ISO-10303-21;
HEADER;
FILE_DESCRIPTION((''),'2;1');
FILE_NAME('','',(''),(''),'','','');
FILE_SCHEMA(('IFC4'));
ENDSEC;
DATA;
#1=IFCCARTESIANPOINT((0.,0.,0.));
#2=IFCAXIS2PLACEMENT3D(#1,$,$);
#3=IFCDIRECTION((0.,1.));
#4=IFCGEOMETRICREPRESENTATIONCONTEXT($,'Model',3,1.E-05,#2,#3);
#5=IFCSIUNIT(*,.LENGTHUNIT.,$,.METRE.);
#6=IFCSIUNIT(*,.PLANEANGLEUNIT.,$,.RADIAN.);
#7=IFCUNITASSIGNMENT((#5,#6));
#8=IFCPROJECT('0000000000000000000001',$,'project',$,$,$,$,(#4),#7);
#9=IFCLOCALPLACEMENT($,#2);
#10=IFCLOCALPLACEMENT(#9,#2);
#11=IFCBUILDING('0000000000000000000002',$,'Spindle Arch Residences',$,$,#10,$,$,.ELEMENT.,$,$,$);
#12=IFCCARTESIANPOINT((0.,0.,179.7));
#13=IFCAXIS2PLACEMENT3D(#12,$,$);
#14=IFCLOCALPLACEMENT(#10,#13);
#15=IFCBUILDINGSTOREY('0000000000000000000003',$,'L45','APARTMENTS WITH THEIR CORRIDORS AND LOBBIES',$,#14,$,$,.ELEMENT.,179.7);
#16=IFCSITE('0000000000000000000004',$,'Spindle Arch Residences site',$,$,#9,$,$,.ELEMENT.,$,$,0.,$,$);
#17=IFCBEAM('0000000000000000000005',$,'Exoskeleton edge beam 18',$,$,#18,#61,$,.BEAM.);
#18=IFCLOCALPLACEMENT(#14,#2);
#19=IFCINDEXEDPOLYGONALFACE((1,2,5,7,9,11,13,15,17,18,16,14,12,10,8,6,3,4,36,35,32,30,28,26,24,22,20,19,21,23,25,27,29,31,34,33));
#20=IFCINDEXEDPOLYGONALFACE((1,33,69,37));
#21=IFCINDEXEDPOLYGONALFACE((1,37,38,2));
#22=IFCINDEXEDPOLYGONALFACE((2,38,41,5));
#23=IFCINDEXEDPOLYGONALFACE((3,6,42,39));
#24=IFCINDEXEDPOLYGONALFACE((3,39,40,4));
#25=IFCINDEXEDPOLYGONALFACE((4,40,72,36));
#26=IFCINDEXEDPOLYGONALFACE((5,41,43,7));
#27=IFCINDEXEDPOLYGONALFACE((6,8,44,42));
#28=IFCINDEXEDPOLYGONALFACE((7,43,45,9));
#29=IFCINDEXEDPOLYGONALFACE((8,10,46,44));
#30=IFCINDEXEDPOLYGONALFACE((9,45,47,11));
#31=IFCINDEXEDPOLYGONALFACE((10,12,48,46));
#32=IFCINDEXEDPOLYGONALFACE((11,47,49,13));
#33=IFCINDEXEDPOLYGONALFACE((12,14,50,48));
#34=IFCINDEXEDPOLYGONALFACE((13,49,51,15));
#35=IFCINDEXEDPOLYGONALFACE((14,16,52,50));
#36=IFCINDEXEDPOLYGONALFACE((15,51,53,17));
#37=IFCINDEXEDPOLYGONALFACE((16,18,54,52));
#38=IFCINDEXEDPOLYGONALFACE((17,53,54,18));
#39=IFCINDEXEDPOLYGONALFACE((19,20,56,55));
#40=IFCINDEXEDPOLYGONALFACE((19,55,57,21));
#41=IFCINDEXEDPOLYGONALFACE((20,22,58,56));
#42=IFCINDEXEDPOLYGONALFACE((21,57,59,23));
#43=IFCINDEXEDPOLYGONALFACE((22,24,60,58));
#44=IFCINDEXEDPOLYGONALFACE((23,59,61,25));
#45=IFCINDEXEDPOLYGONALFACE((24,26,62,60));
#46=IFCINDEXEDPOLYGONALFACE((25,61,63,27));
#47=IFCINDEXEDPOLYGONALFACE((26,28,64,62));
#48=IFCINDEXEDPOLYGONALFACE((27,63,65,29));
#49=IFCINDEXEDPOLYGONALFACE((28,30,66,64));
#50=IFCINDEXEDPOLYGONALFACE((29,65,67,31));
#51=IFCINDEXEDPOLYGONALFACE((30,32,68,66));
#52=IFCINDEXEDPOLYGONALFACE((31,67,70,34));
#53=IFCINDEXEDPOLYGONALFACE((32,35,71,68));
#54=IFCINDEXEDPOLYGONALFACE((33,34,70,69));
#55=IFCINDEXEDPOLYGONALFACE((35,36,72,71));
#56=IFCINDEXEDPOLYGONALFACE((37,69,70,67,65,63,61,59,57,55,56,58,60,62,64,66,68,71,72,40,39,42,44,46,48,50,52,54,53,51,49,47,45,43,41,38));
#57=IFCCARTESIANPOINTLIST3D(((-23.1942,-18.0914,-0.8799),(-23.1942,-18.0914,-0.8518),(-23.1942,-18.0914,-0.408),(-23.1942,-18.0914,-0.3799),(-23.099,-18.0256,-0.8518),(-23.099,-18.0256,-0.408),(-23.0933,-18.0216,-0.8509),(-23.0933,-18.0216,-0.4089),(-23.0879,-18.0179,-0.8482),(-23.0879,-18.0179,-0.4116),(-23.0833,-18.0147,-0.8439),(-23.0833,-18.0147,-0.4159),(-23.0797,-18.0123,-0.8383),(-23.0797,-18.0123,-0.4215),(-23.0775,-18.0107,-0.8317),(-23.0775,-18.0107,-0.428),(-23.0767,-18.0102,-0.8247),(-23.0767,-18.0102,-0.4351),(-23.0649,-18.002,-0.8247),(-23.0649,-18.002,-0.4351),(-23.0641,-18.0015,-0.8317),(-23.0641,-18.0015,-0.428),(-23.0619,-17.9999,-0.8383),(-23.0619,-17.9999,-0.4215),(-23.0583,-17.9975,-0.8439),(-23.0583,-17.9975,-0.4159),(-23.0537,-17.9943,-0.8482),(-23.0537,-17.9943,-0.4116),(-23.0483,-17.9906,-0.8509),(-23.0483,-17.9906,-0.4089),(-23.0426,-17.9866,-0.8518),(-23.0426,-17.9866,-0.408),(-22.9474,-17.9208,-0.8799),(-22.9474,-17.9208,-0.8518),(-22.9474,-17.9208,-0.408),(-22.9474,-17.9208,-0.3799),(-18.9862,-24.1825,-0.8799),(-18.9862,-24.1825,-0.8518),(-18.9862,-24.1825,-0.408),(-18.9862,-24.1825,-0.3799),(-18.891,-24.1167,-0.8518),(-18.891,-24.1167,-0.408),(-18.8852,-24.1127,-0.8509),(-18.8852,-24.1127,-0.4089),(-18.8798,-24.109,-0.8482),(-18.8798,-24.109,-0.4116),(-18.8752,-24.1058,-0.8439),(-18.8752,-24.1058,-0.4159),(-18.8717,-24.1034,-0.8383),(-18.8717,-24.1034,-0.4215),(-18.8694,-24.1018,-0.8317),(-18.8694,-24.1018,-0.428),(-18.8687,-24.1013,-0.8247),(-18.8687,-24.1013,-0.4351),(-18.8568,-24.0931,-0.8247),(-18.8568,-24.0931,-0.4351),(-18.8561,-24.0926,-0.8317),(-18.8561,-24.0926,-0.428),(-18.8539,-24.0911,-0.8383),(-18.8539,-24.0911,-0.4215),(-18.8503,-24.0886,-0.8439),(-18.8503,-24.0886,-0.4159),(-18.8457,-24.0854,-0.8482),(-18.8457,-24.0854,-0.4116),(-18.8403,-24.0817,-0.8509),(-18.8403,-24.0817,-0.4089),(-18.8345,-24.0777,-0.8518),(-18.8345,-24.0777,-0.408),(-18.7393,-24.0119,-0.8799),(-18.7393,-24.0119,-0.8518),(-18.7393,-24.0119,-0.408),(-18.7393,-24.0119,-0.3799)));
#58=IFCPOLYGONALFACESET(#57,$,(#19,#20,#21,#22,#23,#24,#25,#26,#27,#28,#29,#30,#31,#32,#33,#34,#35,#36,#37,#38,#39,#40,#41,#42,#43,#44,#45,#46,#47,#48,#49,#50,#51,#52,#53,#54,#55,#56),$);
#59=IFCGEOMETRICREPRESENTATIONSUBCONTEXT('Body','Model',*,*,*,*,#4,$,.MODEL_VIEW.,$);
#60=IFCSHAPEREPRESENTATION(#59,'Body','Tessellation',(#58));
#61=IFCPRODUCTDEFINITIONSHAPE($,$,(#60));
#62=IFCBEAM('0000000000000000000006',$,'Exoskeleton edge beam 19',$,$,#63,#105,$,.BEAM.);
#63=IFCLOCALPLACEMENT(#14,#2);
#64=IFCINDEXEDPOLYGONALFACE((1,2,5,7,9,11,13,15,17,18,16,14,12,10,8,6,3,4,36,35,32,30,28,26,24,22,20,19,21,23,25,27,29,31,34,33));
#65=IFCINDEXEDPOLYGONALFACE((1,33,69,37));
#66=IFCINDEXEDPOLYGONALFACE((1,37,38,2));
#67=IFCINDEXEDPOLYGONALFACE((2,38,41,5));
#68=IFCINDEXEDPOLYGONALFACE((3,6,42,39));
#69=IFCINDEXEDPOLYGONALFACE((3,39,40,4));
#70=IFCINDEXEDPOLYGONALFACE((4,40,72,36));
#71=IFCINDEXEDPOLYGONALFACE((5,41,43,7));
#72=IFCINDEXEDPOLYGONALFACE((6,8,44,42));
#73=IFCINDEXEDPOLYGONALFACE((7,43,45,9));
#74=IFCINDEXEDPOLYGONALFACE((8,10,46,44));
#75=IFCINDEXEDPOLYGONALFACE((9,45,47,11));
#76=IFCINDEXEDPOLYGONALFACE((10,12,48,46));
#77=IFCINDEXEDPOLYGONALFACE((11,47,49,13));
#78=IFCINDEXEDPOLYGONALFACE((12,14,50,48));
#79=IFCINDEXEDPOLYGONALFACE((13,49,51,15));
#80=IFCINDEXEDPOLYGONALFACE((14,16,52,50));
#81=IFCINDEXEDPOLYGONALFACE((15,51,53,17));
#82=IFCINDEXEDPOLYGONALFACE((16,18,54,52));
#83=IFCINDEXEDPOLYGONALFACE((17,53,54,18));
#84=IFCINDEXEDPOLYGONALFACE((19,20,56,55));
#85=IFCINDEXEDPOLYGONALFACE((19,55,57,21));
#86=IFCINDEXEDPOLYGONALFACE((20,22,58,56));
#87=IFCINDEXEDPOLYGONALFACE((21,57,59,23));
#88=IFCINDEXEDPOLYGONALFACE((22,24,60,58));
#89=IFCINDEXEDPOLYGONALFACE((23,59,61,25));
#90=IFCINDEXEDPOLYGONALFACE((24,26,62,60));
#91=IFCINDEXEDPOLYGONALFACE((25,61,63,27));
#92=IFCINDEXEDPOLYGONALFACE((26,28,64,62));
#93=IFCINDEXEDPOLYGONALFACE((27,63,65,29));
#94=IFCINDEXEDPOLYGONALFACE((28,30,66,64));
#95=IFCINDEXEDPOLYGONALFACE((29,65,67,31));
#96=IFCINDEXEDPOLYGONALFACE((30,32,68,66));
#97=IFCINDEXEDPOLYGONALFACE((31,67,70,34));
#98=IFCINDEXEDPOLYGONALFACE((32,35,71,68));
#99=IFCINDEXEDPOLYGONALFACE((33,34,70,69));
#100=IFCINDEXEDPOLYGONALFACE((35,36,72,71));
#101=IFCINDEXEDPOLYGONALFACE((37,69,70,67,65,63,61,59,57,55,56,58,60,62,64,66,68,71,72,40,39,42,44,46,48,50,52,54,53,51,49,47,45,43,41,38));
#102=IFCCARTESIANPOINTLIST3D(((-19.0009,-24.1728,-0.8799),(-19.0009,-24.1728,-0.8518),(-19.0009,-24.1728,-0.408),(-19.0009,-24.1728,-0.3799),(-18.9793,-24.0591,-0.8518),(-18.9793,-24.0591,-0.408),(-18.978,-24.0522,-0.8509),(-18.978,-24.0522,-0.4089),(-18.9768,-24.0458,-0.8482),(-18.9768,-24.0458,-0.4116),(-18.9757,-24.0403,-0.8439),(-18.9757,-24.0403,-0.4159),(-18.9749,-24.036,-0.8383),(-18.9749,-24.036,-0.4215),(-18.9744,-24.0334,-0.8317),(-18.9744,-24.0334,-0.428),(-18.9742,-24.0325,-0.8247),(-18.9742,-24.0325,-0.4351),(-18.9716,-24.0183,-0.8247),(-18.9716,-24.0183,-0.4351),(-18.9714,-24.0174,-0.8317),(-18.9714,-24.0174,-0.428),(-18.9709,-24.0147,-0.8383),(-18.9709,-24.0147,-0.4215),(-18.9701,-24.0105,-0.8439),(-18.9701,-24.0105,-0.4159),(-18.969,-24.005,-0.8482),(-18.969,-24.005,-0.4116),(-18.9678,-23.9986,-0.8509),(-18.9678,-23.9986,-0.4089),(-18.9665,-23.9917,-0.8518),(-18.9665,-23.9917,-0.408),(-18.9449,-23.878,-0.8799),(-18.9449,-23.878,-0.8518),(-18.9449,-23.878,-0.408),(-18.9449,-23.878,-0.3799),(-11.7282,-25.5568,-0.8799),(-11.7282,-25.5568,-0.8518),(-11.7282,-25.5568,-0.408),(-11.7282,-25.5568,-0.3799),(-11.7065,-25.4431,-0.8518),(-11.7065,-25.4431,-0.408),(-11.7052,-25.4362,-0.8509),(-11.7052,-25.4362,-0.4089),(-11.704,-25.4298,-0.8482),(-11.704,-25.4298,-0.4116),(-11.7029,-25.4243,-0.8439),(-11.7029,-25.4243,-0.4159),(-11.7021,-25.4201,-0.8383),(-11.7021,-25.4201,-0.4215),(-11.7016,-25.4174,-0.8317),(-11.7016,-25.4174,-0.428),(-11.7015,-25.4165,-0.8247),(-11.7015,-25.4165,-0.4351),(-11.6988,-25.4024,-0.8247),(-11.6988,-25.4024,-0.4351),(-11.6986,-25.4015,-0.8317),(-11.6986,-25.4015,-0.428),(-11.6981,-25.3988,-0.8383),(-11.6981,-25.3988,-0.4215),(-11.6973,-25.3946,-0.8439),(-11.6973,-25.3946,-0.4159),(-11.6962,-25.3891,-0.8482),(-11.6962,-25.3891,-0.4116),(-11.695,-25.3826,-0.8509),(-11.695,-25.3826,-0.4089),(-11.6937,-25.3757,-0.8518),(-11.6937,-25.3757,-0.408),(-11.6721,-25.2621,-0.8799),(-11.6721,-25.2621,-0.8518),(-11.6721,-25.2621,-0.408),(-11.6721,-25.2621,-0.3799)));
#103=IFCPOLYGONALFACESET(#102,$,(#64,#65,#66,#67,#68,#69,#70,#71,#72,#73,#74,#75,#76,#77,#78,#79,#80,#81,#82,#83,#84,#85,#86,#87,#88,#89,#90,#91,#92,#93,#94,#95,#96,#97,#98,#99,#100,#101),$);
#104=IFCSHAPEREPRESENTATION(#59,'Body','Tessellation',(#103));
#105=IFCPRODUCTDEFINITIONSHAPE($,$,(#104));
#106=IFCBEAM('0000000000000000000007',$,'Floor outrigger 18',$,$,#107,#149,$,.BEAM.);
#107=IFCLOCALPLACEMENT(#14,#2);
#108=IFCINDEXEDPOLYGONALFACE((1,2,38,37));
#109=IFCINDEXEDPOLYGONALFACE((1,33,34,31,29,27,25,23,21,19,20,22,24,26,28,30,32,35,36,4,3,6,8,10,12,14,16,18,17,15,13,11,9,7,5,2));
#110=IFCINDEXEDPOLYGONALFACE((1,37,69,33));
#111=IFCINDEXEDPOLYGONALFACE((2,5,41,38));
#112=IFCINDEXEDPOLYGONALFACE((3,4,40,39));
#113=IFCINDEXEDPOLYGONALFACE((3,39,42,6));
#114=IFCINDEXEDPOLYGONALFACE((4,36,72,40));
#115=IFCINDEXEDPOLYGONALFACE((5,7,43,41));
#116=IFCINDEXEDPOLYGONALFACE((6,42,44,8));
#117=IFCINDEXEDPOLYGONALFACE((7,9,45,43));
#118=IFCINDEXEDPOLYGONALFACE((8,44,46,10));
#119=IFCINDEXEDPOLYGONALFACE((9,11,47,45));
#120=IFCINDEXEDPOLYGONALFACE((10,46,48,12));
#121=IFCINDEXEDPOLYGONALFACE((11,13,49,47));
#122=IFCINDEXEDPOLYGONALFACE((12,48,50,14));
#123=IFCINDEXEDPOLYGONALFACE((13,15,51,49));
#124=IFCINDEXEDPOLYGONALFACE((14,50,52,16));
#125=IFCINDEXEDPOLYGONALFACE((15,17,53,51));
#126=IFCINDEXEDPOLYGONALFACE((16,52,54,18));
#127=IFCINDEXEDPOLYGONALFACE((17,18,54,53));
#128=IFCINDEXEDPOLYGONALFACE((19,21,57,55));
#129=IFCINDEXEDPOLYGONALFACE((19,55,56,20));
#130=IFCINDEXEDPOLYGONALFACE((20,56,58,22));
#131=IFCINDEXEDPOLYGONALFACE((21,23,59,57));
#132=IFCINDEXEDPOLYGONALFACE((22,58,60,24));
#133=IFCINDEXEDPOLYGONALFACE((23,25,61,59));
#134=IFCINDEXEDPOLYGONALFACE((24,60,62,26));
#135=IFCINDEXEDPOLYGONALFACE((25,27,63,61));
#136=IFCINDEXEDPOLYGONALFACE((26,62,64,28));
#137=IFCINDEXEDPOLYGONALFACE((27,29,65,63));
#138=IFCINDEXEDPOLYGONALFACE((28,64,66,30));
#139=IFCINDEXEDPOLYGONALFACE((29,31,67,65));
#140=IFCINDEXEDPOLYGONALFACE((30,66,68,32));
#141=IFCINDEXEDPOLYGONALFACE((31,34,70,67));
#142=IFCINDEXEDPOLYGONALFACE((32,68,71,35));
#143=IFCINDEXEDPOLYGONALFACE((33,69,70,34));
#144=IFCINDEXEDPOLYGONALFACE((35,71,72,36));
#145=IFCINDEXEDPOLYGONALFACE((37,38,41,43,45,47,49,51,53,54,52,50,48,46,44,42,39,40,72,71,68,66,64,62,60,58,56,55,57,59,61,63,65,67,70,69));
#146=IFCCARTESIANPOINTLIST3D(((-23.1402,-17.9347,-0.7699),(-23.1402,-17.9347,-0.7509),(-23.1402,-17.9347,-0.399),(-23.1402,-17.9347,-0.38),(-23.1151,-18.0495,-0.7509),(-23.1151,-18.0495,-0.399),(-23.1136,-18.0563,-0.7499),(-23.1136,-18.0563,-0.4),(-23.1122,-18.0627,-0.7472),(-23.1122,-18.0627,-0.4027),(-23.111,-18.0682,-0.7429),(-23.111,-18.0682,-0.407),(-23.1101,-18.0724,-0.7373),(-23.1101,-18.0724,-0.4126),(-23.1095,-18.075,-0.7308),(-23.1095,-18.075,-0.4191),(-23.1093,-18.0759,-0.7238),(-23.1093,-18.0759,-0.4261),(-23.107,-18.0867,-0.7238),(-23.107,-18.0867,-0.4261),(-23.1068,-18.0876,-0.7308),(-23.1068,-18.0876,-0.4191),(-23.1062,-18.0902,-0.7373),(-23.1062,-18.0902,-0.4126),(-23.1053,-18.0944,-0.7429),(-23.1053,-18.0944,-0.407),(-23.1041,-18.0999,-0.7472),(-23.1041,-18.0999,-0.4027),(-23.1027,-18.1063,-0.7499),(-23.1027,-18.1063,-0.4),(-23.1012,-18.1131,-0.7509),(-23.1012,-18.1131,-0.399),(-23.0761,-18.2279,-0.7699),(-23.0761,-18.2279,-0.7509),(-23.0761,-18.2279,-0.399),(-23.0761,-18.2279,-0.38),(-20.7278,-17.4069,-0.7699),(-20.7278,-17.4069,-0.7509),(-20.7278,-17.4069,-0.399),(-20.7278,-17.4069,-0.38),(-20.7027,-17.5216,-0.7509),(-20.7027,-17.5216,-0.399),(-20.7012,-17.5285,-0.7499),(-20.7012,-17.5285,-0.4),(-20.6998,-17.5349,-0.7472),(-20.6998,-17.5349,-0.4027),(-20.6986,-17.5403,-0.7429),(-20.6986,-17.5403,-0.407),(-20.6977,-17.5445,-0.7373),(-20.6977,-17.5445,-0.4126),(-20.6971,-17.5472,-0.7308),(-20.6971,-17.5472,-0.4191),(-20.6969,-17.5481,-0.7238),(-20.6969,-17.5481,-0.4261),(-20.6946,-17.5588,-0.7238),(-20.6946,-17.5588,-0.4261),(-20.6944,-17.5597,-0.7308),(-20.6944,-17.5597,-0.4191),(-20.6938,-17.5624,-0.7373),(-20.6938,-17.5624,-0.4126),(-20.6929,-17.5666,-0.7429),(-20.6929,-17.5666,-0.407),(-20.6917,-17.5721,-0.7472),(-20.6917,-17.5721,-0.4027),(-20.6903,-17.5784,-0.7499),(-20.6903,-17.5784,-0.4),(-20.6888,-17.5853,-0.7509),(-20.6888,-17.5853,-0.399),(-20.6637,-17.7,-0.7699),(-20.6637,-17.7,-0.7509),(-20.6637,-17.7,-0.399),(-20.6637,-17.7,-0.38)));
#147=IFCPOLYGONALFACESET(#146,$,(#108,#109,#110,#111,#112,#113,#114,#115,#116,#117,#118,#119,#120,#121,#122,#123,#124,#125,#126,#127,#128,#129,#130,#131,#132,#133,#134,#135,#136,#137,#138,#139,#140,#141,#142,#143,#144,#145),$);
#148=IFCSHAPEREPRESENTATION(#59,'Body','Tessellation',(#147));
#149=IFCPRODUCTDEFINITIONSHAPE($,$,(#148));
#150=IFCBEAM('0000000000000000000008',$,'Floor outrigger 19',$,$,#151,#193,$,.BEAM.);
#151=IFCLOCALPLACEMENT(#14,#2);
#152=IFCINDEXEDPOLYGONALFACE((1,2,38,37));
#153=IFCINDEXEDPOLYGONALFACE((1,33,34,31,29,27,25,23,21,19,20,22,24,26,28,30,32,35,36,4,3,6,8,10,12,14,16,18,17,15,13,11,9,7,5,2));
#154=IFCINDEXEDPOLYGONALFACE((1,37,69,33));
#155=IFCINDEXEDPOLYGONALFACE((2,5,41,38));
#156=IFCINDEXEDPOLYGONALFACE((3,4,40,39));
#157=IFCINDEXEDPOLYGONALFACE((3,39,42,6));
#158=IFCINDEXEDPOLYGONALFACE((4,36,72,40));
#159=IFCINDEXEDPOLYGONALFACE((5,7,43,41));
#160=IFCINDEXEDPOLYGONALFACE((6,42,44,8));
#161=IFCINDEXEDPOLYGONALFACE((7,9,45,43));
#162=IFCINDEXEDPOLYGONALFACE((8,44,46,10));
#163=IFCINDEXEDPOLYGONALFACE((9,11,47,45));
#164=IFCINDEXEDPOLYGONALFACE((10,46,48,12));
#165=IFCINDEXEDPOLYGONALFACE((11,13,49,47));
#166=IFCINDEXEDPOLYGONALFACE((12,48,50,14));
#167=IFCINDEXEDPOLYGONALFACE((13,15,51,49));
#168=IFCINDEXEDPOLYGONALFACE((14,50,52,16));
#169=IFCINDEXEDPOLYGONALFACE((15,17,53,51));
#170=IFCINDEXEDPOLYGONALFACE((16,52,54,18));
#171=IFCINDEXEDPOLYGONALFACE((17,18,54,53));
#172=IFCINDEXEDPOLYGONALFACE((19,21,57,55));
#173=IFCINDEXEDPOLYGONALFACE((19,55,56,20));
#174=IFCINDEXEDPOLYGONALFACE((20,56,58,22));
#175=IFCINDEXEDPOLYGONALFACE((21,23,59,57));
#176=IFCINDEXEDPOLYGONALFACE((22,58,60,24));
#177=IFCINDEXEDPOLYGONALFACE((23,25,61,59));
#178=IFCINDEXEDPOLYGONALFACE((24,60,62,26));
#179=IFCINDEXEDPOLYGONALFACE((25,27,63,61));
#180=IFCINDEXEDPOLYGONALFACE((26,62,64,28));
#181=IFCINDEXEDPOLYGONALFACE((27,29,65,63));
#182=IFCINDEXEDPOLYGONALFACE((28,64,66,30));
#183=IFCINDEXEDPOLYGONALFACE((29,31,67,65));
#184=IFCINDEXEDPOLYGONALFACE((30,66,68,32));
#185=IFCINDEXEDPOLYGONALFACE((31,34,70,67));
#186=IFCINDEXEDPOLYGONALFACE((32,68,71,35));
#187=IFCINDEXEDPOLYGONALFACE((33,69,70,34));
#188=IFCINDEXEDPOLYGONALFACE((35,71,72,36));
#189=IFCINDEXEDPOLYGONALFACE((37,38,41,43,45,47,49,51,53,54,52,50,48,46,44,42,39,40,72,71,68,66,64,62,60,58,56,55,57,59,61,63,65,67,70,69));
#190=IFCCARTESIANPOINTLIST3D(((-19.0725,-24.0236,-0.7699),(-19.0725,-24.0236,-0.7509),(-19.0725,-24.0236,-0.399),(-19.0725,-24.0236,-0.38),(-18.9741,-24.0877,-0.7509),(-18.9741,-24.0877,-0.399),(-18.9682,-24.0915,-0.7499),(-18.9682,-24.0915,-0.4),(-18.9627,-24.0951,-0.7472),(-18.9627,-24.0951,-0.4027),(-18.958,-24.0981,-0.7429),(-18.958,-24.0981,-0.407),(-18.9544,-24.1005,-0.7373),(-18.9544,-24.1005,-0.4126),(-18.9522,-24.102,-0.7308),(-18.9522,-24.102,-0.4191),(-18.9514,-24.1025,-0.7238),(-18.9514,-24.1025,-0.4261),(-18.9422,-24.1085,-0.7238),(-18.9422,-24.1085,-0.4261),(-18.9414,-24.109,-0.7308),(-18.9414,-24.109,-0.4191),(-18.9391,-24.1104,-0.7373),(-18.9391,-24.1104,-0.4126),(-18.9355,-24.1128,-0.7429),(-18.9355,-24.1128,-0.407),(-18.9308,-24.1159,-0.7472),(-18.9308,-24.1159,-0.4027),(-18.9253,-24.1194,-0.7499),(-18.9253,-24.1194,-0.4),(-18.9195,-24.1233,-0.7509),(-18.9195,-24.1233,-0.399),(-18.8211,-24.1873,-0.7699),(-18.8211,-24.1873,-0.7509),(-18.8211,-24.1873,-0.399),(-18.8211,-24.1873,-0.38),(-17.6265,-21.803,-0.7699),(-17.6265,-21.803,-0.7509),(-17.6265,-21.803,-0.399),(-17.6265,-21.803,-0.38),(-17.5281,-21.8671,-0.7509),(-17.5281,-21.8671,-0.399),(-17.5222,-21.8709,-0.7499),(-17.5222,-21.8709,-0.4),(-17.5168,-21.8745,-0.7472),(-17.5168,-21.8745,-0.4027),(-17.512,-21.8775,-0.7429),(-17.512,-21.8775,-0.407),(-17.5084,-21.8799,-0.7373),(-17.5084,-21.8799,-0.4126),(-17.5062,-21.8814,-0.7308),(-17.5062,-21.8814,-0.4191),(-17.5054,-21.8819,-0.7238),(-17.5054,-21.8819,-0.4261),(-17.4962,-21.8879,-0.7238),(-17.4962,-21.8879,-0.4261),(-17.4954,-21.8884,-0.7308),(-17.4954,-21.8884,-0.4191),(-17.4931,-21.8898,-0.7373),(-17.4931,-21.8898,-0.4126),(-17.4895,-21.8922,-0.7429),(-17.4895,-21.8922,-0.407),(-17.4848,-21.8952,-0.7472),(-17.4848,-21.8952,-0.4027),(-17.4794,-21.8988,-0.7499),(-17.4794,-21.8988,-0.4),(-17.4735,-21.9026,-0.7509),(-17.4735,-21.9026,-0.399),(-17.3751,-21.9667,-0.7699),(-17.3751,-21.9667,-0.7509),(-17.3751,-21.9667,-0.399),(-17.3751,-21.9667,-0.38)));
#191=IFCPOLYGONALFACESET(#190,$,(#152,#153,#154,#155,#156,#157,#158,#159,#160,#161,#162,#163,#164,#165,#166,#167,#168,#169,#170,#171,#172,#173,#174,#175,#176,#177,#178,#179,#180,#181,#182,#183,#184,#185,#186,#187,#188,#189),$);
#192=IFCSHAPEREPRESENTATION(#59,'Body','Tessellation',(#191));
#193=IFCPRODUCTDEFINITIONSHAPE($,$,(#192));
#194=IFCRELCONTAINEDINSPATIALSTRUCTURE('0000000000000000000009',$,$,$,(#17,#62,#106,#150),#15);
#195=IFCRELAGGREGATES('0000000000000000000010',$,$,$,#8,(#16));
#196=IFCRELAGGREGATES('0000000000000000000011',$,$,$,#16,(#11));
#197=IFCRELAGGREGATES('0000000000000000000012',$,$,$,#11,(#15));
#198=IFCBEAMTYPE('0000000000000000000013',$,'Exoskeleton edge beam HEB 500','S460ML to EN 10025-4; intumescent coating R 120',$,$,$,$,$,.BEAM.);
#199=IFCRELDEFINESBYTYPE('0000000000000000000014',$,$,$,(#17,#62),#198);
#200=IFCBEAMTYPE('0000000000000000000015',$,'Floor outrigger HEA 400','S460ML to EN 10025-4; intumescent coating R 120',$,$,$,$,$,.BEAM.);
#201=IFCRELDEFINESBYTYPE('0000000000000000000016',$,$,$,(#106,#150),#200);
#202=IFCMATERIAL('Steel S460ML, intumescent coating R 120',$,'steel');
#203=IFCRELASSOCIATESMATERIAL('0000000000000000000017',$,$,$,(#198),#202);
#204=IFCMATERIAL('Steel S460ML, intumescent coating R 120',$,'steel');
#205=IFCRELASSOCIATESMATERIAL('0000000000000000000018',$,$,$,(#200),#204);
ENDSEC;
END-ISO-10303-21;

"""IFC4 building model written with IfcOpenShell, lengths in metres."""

from ifc_helpers import new_model, si_unit, direction, frame, origin, origin_2d, place, context, subcontext, project, spatial, i_section, extrude, material, material_profile, profile_set, type_object, element, save


model = new_model("IFC4")

# Units and contexts
model_context = context("Model", 3, precision=1e-05, world=origin(), true_north=direction((0.0, 1.0)))
body_context = subcontext(model_context, "Body", "Model", "MODEL_VIEW")
ifc_project = project(units=[si_unit("LENGTHUNIT", "METRE"), si_unit("PLANEANGLEUNIT", "RADIAN")], contexts=[model_context])

# Site, building, storey
site_placement = place(None, origin())
site = spatial("IfcSite", under=ifc_project, at=site_placement, Name="Spindle Arch Residences site", CompositionType="ELEMENT", RefElevation=0.0)
building_placement = place(site_placement, origin())
building = spatial("IfcBuilding", under=site, at=building_placement, Name="Spindle Arch Residences", CompositionType="ELEMENT")
storey_placement = place(building_placement, frame((0.0, 0.0, 179.7)))
storey = spatial("IfcBuildingStorey", under=building, at=storey_placement, Name="L45", Description="APARTMENTS WITH THEIR CORRIDORS AND LOBBIES", CompositionType="ELEMENT", Elevation=179.7)

# Beams
ifc_material_1 = material(Name="Steel S460ML, intumescent coating R 120", Category="steel")
ifc_material_profile_1 = material_profile(ifc_material_1, i_section(OverallWidth=0.3, OverallDepth=0.5, WebThickness=0.0144, FlangeThickness=0.0281, FilletRadius=0.0271, at=origin_2d()), Name="HEB 500")
ifc_profile_set_1 = profile_set([ifc_material_profile_1], Name="Steel S460ML, intumescent coating R 120")
beam_type_1 = type_object("IfcBeamType", Name="Exoskeleton edge beam HEB 500", Description="S460ML to EN 10025-4; intumescent coating R 120", PredefinedType="BEAM", material=ifc_profile_set_1)
for number, where, z_axis, x_axis, name in (
    (1, (-23.0708, -18.0061, -0.6299), (0.568399, -0.822753, 0.0), (0.822753, 0.568399, 0.0), "Exoskeleton edge beam 18"),
    (2, (-18.9729, -24.0254, -0.6299), (0.982369, -0.18695, 0.0), (0.18695, 0.982369, 0.0), "Exoskeleton edge beam 19"),
):
    element("IfcBeam", number, at=place(storey_placement, frame(where, z_axis=z_axis, x_axis=x_axis)), inside=storey, type_object=beam_type_1, Name=name, PredefinedType="BEAM", context=body_context, shape_type="SweptSolid", body=[
        extrude(i_section(OverallWidth=0.3, OverallDepth=0.5, WebThickness=0.0144, FlangeThickness=0.0281, FilletRadius=0.0271, at=origin_2d()), origin(), (0.0, 0.0, 1.0), 7.4033),
    ])
ifc_material_2 = material(Name="Steel S460ML, intumescent coating R 120", Category="steel")
ifc_material_profile_2 = material_profile(ifc_material_2, i_section(OverallWidth=0.3, OverallDepth=0.3899, WebThickness=0.011, FlangeThickness=0.019, FilletRadius=0.0271, at=origin_2d()), Name="HEA 400")
ifc_profile_set_2 = profile_set([ifc_material_profile_2], Name="Steel S460ML, intumescent coating R 120")
beam_type_2 = type_object("IfcBeamType", Name="Floor outrigger HEA 400", Description="S460ML to EN 10025-4; intumescent coating R 120", PredefinedType="BEAM", material=ifc_profile_set_2)
beam_1_placement = place(storey_placement, frame((-23.1082, -18.0813, -0.575), z_axis=(0.976889, 0.213747, 0.0), x_axis=(-0.213747, 0.976889, 0.0)))
element("IfcBeam", 3, at=beam_1_placement, inside=storey, type_object=beam_type_2, Name="Floor outrigger 18", PredefinedType="BEAM", context=body_context, shape_type="SweptSolid", body=[
    extrude(i_section(OverallWidth=0.3, OverallDepth=0.3899, WebThickness=0.011, FlangeThickness=0.019, FilletRadius=0.0271, at=origin_2d()), origin(), (0.0, 0.0, 1.0), 2.4695),
])
beam_2_placement = place(storey_placement, frame((-18.9468, -24.1055, -0.575), z_axis=(0.545675, 0.837997, 0.0), x_axis=(-0.837997, 0.545675, 0.0)))
element("IfcBeam", 4, at=beam_2_placement, inside=storey, type_object=beam_type_2, Name="Floor outrigger 19", PredefinedType="BEAM", context=body_context, shape_type="SweptSolid", body=[
    extrude(i_section(OverallWidth=0.3, OverallDepth=0.3899, WebThickness=0.011, FlangeThickness=0.019, FilletRadius=0.0271, at=origin_2d()), origin(), (0.0, 0.0, 1.0), 2.6499),
])

save(model, "model.ifc")
